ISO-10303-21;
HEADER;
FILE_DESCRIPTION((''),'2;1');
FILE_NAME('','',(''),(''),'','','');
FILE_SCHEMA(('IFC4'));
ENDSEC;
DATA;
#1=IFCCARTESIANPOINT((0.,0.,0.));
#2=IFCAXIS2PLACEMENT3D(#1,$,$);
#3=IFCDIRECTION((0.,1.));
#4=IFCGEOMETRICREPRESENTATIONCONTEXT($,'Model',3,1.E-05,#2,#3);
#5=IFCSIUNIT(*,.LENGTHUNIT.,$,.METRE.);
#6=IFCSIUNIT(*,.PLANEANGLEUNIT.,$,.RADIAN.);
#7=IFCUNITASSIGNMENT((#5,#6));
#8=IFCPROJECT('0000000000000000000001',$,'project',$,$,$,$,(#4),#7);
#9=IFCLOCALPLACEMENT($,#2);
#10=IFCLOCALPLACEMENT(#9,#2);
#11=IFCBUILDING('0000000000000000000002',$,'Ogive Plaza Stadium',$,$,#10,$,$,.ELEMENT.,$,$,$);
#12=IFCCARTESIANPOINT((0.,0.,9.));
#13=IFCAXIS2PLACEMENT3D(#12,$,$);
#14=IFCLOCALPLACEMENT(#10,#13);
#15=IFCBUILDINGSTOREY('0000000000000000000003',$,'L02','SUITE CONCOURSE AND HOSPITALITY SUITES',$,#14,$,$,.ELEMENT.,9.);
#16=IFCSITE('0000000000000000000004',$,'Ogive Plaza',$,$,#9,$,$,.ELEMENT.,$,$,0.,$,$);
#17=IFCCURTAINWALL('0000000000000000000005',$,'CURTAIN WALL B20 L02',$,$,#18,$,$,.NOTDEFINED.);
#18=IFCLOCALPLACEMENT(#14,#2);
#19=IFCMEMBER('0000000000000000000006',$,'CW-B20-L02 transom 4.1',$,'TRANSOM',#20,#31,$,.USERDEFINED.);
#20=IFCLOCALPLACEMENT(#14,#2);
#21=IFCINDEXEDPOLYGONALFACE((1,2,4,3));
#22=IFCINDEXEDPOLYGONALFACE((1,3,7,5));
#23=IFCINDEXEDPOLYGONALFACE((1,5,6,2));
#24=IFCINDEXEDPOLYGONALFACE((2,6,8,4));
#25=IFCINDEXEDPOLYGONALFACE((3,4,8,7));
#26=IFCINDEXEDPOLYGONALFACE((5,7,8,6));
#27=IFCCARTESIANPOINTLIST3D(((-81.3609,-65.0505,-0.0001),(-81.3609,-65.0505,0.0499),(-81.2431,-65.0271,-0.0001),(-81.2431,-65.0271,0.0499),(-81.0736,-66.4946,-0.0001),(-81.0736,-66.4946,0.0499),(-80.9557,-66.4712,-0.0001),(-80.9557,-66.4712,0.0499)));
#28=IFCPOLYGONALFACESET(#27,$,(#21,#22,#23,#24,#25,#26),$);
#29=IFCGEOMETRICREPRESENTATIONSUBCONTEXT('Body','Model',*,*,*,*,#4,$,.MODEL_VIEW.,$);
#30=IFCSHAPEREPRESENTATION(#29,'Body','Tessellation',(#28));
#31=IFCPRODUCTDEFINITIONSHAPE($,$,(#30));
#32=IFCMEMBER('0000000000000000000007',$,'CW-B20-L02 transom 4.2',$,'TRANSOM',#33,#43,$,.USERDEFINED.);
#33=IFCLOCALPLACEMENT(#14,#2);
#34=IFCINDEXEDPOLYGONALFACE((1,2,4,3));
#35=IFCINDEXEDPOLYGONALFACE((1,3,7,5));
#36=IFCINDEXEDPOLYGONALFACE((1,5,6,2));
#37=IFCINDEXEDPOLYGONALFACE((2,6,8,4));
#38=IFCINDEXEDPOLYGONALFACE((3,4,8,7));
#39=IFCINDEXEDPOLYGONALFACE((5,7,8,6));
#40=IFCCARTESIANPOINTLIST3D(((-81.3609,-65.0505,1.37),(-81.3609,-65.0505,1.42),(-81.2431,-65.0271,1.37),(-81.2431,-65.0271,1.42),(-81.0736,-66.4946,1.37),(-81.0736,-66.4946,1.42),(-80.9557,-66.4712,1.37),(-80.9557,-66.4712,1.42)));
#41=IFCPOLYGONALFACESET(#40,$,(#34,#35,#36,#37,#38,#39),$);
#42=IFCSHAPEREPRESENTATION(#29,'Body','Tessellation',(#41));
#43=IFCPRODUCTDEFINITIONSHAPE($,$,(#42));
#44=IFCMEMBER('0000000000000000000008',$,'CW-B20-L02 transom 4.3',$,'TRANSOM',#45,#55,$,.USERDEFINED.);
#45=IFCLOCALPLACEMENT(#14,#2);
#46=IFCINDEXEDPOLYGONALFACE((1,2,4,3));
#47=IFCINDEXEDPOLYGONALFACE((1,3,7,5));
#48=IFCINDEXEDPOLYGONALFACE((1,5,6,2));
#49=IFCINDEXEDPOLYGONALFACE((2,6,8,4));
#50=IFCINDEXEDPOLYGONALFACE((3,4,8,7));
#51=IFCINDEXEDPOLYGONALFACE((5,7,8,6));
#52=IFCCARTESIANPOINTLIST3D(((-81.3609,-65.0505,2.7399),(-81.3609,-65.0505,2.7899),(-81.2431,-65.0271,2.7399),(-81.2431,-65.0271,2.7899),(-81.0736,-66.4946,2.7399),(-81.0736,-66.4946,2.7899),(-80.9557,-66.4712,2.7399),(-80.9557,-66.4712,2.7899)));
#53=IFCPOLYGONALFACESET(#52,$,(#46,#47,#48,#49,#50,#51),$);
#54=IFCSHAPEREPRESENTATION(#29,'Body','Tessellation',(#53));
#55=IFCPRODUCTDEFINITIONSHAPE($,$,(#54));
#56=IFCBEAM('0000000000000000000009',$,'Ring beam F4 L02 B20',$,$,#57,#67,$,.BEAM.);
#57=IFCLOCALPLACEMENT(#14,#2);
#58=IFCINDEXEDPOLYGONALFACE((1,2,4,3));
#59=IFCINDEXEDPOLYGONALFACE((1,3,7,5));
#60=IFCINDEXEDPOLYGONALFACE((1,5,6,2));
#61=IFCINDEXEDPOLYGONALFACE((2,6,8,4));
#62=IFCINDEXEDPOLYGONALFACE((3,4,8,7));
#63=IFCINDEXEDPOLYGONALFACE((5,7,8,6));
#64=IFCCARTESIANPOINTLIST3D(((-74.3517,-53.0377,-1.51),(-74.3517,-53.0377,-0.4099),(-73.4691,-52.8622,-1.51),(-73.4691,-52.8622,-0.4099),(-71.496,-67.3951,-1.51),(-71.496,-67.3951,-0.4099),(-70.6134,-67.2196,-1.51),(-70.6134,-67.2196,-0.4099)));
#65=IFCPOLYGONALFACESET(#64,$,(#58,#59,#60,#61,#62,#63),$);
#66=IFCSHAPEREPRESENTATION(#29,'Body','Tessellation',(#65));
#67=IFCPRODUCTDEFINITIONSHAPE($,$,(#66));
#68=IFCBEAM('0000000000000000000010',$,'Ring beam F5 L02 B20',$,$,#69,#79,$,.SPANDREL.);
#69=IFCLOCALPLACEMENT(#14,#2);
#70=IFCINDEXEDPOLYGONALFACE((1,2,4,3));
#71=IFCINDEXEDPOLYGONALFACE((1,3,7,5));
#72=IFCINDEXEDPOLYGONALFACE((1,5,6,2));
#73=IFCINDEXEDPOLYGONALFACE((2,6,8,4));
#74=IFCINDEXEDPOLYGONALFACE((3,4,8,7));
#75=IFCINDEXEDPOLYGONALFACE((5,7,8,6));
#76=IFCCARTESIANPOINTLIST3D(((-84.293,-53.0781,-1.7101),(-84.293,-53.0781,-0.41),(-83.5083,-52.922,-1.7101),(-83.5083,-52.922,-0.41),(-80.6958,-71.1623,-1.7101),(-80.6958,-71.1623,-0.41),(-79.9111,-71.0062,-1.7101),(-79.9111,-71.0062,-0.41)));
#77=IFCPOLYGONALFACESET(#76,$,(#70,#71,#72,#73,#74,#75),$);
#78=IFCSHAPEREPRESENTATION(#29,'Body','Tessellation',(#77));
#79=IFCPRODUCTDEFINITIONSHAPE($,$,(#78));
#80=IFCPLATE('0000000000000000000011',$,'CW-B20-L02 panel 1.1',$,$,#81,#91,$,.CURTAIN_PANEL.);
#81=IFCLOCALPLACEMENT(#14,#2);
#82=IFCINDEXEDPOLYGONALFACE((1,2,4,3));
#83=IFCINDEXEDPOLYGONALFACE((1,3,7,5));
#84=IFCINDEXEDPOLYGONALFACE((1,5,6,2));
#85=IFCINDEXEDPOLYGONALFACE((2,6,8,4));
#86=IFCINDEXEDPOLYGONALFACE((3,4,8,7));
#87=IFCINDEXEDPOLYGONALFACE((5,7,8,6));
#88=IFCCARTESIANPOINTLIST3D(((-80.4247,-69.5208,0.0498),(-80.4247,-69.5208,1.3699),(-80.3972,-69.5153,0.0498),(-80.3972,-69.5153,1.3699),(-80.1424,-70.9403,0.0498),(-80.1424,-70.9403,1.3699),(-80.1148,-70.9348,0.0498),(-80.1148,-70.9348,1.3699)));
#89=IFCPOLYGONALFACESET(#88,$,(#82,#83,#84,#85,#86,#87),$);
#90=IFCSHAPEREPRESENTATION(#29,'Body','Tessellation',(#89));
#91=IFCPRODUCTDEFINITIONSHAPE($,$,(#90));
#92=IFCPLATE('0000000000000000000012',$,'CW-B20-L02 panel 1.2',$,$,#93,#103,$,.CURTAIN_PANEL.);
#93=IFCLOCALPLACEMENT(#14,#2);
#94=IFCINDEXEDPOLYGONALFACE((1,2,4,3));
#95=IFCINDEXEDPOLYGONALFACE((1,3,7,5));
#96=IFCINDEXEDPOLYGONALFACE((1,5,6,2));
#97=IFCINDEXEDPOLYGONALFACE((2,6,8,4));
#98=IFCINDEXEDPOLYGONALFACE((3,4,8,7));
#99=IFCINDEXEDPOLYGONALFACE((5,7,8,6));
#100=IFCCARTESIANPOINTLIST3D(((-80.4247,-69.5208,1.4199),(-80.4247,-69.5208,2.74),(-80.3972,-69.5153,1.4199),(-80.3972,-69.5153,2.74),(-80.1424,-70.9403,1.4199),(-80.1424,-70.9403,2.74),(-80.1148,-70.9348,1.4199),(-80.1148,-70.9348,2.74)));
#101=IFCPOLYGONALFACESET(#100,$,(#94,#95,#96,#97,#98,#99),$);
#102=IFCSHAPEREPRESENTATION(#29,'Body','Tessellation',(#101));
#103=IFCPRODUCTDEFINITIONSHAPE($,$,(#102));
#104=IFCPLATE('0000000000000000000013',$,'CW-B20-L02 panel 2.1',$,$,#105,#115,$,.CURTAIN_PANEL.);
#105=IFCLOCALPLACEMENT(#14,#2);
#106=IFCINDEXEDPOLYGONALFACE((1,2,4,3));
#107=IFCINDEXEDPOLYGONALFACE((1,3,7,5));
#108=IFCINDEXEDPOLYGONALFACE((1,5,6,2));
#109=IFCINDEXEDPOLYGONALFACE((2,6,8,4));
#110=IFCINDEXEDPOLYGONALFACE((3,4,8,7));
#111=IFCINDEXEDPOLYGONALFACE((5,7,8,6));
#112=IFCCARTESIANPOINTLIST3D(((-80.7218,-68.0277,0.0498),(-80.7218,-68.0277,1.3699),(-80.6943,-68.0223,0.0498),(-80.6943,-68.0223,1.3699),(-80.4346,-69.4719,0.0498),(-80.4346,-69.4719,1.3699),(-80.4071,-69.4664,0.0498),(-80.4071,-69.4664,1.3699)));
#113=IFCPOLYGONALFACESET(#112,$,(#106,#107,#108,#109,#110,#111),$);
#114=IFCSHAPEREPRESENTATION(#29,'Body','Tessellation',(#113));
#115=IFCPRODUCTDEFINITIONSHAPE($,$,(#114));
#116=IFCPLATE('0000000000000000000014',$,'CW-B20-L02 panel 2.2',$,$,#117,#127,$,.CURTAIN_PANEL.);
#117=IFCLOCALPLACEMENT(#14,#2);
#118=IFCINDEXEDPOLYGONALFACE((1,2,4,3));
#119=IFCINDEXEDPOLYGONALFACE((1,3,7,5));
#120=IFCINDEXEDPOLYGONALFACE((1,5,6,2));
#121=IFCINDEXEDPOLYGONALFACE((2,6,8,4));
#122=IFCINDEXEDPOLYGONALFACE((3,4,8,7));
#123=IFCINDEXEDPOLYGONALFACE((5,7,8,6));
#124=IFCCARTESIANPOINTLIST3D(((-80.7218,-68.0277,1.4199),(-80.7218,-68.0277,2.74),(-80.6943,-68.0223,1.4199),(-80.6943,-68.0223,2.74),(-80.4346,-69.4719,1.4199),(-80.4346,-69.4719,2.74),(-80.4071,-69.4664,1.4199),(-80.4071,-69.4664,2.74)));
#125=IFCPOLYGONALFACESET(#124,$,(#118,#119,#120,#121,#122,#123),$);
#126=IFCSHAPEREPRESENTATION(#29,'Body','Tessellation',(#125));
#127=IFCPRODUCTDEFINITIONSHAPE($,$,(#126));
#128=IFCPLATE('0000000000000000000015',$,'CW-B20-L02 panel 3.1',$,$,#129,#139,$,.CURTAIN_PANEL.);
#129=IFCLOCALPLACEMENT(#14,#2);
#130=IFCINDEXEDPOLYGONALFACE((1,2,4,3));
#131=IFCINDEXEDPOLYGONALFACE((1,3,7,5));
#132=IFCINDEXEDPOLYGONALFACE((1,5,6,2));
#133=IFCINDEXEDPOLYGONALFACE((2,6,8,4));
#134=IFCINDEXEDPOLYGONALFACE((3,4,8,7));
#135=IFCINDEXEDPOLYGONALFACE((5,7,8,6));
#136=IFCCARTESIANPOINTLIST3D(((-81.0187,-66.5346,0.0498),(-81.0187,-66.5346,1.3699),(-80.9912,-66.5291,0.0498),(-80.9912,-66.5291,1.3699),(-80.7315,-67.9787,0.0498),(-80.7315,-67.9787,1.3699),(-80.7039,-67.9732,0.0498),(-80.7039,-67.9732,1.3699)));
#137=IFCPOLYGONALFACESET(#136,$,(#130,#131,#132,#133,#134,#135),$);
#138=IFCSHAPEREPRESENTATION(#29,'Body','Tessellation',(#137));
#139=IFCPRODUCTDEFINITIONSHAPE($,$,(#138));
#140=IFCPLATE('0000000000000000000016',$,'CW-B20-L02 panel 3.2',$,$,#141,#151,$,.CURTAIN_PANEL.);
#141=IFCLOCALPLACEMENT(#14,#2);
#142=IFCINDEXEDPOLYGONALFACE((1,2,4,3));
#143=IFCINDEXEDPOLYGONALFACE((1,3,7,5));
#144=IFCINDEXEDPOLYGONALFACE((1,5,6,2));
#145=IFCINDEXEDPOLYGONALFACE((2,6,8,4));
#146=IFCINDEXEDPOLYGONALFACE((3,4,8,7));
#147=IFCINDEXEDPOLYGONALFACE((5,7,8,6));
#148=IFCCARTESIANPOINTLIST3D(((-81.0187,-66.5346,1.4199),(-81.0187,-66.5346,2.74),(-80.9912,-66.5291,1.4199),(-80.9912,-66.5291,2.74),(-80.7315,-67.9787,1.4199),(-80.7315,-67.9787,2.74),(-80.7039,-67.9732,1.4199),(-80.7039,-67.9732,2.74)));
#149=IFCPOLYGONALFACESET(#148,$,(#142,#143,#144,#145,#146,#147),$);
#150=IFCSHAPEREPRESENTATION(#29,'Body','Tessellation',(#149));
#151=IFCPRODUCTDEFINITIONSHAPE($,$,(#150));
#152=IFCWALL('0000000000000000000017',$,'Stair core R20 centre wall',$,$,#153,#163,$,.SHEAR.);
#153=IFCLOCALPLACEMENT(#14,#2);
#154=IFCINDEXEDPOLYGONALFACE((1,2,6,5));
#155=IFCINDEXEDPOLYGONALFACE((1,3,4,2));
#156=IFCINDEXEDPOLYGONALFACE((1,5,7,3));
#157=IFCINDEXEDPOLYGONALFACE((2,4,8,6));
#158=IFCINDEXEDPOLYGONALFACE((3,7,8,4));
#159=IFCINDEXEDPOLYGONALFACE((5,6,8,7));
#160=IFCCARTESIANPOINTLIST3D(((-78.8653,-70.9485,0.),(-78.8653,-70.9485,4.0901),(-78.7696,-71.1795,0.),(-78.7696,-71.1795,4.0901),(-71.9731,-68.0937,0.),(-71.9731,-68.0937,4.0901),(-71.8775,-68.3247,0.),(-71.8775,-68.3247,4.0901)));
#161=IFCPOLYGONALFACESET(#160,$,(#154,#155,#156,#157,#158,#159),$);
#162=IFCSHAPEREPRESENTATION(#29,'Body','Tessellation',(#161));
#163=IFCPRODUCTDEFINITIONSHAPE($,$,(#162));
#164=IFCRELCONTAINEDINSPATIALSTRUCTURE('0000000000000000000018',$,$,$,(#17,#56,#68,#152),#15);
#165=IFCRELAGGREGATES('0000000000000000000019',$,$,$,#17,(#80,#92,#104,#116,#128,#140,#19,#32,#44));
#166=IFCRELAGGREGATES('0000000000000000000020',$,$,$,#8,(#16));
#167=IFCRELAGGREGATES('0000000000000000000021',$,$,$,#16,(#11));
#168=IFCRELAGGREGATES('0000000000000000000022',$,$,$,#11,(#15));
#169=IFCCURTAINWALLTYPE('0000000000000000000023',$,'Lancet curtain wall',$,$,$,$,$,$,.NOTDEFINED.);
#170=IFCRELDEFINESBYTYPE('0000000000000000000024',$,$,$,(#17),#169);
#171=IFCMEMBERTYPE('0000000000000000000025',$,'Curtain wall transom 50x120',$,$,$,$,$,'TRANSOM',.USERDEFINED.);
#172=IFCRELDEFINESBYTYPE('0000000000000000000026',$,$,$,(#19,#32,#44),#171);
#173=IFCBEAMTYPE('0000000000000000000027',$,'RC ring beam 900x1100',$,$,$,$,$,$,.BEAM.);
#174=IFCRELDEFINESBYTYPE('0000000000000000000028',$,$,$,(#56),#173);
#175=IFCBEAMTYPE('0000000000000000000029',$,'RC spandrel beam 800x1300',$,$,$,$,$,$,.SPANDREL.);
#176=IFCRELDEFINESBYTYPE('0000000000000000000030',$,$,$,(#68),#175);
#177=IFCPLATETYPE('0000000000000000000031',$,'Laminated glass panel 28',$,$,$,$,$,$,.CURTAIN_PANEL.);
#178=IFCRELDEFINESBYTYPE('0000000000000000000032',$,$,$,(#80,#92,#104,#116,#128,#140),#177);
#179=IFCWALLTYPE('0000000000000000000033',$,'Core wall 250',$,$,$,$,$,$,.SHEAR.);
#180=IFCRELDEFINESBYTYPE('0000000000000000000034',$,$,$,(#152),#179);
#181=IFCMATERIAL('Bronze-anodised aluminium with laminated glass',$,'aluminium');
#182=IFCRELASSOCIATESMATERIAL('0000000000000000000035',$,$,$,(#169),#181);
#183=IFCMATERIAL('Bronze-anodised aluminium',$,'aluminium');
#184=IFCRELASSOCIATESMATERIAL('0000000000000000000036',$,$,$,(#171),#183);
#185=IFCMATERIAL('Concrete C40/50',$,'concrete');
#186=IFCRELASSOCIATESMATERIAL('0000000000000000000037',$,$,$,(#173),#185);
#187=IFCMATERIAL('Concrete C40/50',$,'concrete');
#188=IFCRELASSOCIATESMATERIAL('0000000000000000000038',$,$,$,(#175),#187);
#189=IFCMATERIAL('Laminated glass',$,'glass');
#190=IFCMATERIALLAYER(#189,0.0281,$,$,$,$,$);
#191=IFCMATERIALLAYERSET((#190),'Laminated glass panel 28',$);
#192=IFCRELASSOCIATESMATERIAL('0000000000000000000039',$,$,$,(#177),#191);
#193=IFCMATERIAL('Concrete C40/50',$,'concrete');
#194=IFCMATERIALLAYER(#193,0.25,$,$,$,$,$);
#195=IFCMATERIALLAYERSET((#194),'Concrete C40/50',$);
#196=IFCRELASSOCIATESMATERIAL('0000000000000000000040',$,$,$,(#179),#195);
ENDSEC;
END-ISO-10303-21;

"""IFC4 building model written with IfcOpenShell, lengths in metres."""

from ifc_helpers import new_model, si_unit, direction, frame, frame_2d, origin, origin_2d, place, context, subcontext, project, spatial, rectangle, extrude, material, layer, layer_set, material_profile, profile_set, type_object, element, aggregate, save


model = new_model("IFC4")

# Units and contexts
model_context = context("Model", 3, precision=1e-05, world=origin(), true_north=direction((0.0, 1.0)))
body_context = subcontext(model_context, "Body", "Model", "MODEL_VIEW")
ifc_project = project(units=[si_unit("LENGTHUNIT", "METRE"), si_unit("PLANEANGLEUNIT", "RADIAN")], contexts=[model_context])

# Site, building, storey
site_placement = place(None, origin())
site = spatial("IfcSite", under=ifc_project, at=site_placement, Name="Ogive Plaza", CompositionType="ELEMENT", RefElevation=0.0)
building_placement = place(site_placement, origin())
building = spatial("IfcBuilding", under=site, at=building_placement, Name="Ogive Plaza Stadium", CompositionType="ELEMENT")
storey_placement = place(building_placement, frame((0.0, 0.0, 9.0)))
storey = spatial("IfcBuildingStorey", under=building, at=storey_placement, Name="L02", Description="SUITE CONCOURSE AND HOSPITALITY SUITES", CompositionType="ELEMENT", Elevation=9.0)

# Curtain wall, members
ifc_material_1 = material(Name="Bronze-anodised aluminium with laminated glass", Category="aluminium")
curtain_wall_type = type_object("IfcCurtainWallType", Name="Lancet curtain wall", PredefinedType="NOTDEFINED", material=ifc_material_1)
curtain_wall_placement = place(storey_placement, origin())
curtain_wall = element("IfcCurtainWall", 1, at=curtain_wall_placement, inside=storey, type_object=curtain_wall_type, Name="CURTAIN WALL B20 L02", PredefinedType="NOTDEFINED")
ifc_material_2 = material(Name="Bronze-anodised aluminium", Category="aluminium")
ifc_material_profile_1 = material_profile(ifc_material_2, rectangle(XDim=0.1201, YDim=0.05, at=origin_2d()), Name="AL 120x50")
ifc_profile_set_1 = profile_set([ifc_material_profile_1], Name="Bronze-anodised aluminium")
member_type_1 = type_object("IfcMemberType", Name="Curtain wall transom 50x120", ElementType="TRANSOM", PredefinedType="USERDEFINED", material=ifc_profile_set_1)
member_1_placement = place(storey_placement, frame((-81.0146, -66.4829, 0.0249), z_axis=(-0.195159, 0.980772, 0.0), x_axis=(-0.980772, -0.195159, 0.0)))
member_1 = element("IfcMember", 2, at=member_1_placement, type_object=member_type_1, Name="CW-B20-L02 transom 4.1", ObjectType="TRANSOM", PredefinedType="USERDEFINED", context=body_context, shape_type="SweptSolid", body=[
    extrude(rectangle(XDim=0.1201, YDim=0.05, at=origin_2d()), origin(), (0.0, 0.0, 1.0), 1.4724),
])
member_2_placement = place(storey_placement, frame((-81.0146, -66.4829, 1.395), z_axis=(-0.195159, 0.980772, 0.0), x_axis=(-0.980772, -0.195159, 0.0)))
member_2 = element("IfcMember", 3, at=member_2_placement, type_object=member_type_1, Name="CW-B20-L02 transom 4.2", ObjectType="TRANSOM", PredefinedType="USERDEFINED", context=body_context, shape_type="SweptSolid", body=[
    extrude(rectangle(XDim=0.1201, YDim=0.05, at=origin_2d()), origin(), (0.0, 0.0, 1.0), 1.4724),
])
member_3_placement = place(storey_placement, frame((-81.0146, -66.4829, 2.7649), z_axis=(-0.195159, 0.980772, 0.0), x_axis=(-0.980772, -0.195159, 0.0)))
member_3 = element("IfcMember", 4, at=member_3_placement, type_object=member_type_1, Name="CW-B20-L02 transom 4.3", ObjectType="TRANSOM", PredefinedType="USERDEFINED", context=body_context, shape_type="SweptSolid", body=[
    extrude(rectangle(XDim=0.1201, YDim=0.05, at=origin_2d()), origin(), (0.0, 0.0, 1.0), 1.4724),
])

# Beams
ifc_material_3 = material(Name="Concrete C40/50", Category="concrete")
ifc_material_profile_2 = material_profile(ifc_material_3, rectangle(XDim=0.8999, YDim=1.1001, at=origin_2d()), Name="RC 900x1100")
ifc_profile_set_2 = profile_set([ifc_material_profile_2], Name="Concrete C40/50")
beam_type_1 = type_object("IfcBeamType", Name="RC ring beam 900x1100", PredefinedType="BEAM", material=ifc_profile_set_2)
beam_1_placement = place(storey_placement, frame((-71.0547, -67.3074, -0.96), z_axis=(-0.19508, 0.980787, 0.0), x_axis=(-0.980787, -0.19508, 0.0)))
element("IfcBeam", 5, at=beam_1_placement, inside=storey, type_object=beam_type_1, Name="Ring beam F4 L02 B20", PredefinedType="BEAM", context=body_context, shape_type="SweptSolid", body=[
    extrude(rectangle(XDim=0.8999, YDim=1.1001, at=origin_2d()), origin(), (0.0, 0.0, 1.0), 14.6387),
])
ifc_material_4 = material(Name="Concrete C40/50", Category="concrete")
ifc_material_profile_3 = material_profile(ifc_material_4, rectangle(XDim=0.8, YDim=1.3, at=origin_2d()), Name="RC 800x1300")
ifc_profile_set_3 = profile_set([ifc_material_profile_3], Name="Concrete C40/50")
beam_type_2 = type_object("IfcBeamType", Name="RC spandrel beam 800x1300", PredefinedType="SPANDREL", material=ifc_profile_set_3)
beam_2_placement = place(storey_placement, frame((-80.3035, -71.0842, -1.0601), z_axis=(-0.19509, 0.980785, 0.0), x_axis=(-0.980785, -0.19509, 0.0)))
element("IfcBeam", 6, at=beam_2_placement, inside=storey, type_object=beam_type_2, Name="Ring beam F5 L02 B20", PredefinedType="SPANDREL", context=body_context, shape_type="SweptSolid", body=[
    extrude(rectangle(XDim=0.8, YDim=1.3, at=origin_2d()), origin(), (0.0, 0.0, 1.0), 18.4385),
])

# Plates
ifc_material_5 = material(Name="Laminated glass", Category="glass")
ifc_layer_1 = layer(ifc_material_5, 0.0281)
ifc_layer_set_1 = layer_set([ifc_layer_1], Name="Laminated glass panel 28")
plate_type = type_object("IfcPlateType", Name="Laminated glass panel 28", PredefinedType="CURTAIN_PANEL", material=ifc_layer_set_1)
plate_1_placement = place(storey_placement, frame((-80.2698, -70.2278, 0.0498), z_axis=(0.0, 0.0, 1.0), x_axis=(-0.19509, 0.980785, 0.0)))
plate_1 = element("IfcPlate", 7, at=plate_1_placement, type_object=plate_type, Name="CW-B20-L02 panel 1.1", PredefinedType="CURTAIN_PANEL", context=body_context, shape_type="SweptSolid", body=[
    extrude(rectangle(XDim=1.4473, YDim=0.0281, at=origin_2d()), origin(), (0.0, 0.0, 1.0), 1.3201),
])
plate_2_placement = place(storey_placement, frame((-80.2698, -70.2278, 1.4199), z_axis=(0.0, 0.0, 1.0), x_axis=(-0.19509, 0.980785, 0.0)))
plate_2 = element("IfcPlate", 8, at=plate_2_placement, type_object=plate_type, Name="CW-B20-L02 panel 1.2", PredefinedType="CURTAIN_PANEL", context=body_context, shape_type="SweptSolid", body=[
    extrude(rectangle(XDim=1.4473, YDim=0.0281, at=origin_2d()), origin(), (0.0, 0.0, 1.0), 1.3201),
])
plate_3_placement = place(storey_placement, frame((-80.5645, -68.7471, 0.0498), z_axis=(0.0, 0.0, 1.0), x_axis=(-0.19509, 0.980785, 0.0)))
plate_3 = element("IfcPlate", 9, at=plate_3_placement, type_object=plate_type, Name="CW-B20-L02 panel 2.1", PredefinedType="CURTAIN_PANEL", context=body_context, shape_type="SweptSolid", body=[
    extrude(rectangle(XDim=1.4724, YDim=0.0281, at=origin_2d()), origin(), (0.0, 0.0, 1.0), 1.3201),
])
plate_4_placement = place(storey_placement, frame((-80.5645, -68.7471, 1.4199), z_axis=(0.0, 0.0, 1.0), x_axis=(-0.19509, 0.980785, 0.0)))
plate_4 = element("IfcPlate", 10, at=plate_4_placement, type_object=plate_type, Name="CW-B20-L02 panel 2.2", PredefinedType="CURTAIN_PANEL", context=body_context, shape_type="SweptSolid", body=[
    extrude(rectangle(XDim=1.4724, YDim=0.0281, at=origin_2d()), origin(), (0.0, 0.0, 1.0), 1.3201),
])
plate_5_placement = place(storey_placement, frame((-80.8613, -67.2539, 0.0498), z_axis=(0.0, 0.0, 1.0), x_axis=(-0.19509, 0.980785, 0.0)))
plate_5 = element("IfcPlate", 11, at=plate_5_placement, type_object=plate_type, Name="CW-B20-L02 panel 3.1", PredefinedType="CURTAIN_PANEL", context=body_context, shape_type="SweptSolid", body=[
    extrude(rectangle(XDim=1.4724, YDim=0.0281, at=origin_2d()), origin(), (0.0, 0.0, 1.0), 1.3201),
])
plate_6_placement = place(storey_placement, frame((-80.8613, -67.2539, 1.4199), z_axis=(0.0, 0.0, 1.0), x_axis=(-0.19509, 0.980785, 0.0)))
plate_6 = element("IfcPlate", 12, at=plate_6_placement, type_object=plate_type, Name="CW-B20-L02 panel 3.2", PredefinedType="CURTAIN_PANEL", context=body_context, shape_type="SweptSolid", body=[
    extrude(rectangle(XDim=1.4724, YDim=0.0281, at=origin_2d()), origin(), (0.0, 0.0, 1.0), 1.3201),
])
aggregate(curtain_wall, [plate_1, plate_2, plate_3, plate_4, plate_5, plate_6, member_1, member_2, member_3])

# Wall
ifc_material_6 = material(Name="Concrete C40/50", Category="concrete")
ifc_layer_2 = layer(ifc_material_6, 0.25)
ifc_layer_set_2 = layer_set([ifc_layer_2], Name="Concrete C40/50")
wall_type = type_object("IfcWallType", Name="Core wall 250", PredefinedType="SHEAR", material=ifc_layer_set_2)
wall_placement = place(storey_placement, frame((-71.9253, -68.2092, 0.0), z_axis=(0.0, 0.0, 1.0), x_axis=(-0.923882, -0.382676, 0.0)))
element("IfcWall", 13, at=wall_placement, inside=storey, type_object=wall_type, Name="Stair core R20 centre wall", PredefinedType="SHEAR", context=body_context, shape_type="SweptSolid", body=[
    extrude(rectangle(XDim=7.46, YDim=0.25, at=frame_2d((3.73, 0.0))), origin(), (0.0, 0.0, 1.0), 4.0901),
])

save(model, "model.ifc")
